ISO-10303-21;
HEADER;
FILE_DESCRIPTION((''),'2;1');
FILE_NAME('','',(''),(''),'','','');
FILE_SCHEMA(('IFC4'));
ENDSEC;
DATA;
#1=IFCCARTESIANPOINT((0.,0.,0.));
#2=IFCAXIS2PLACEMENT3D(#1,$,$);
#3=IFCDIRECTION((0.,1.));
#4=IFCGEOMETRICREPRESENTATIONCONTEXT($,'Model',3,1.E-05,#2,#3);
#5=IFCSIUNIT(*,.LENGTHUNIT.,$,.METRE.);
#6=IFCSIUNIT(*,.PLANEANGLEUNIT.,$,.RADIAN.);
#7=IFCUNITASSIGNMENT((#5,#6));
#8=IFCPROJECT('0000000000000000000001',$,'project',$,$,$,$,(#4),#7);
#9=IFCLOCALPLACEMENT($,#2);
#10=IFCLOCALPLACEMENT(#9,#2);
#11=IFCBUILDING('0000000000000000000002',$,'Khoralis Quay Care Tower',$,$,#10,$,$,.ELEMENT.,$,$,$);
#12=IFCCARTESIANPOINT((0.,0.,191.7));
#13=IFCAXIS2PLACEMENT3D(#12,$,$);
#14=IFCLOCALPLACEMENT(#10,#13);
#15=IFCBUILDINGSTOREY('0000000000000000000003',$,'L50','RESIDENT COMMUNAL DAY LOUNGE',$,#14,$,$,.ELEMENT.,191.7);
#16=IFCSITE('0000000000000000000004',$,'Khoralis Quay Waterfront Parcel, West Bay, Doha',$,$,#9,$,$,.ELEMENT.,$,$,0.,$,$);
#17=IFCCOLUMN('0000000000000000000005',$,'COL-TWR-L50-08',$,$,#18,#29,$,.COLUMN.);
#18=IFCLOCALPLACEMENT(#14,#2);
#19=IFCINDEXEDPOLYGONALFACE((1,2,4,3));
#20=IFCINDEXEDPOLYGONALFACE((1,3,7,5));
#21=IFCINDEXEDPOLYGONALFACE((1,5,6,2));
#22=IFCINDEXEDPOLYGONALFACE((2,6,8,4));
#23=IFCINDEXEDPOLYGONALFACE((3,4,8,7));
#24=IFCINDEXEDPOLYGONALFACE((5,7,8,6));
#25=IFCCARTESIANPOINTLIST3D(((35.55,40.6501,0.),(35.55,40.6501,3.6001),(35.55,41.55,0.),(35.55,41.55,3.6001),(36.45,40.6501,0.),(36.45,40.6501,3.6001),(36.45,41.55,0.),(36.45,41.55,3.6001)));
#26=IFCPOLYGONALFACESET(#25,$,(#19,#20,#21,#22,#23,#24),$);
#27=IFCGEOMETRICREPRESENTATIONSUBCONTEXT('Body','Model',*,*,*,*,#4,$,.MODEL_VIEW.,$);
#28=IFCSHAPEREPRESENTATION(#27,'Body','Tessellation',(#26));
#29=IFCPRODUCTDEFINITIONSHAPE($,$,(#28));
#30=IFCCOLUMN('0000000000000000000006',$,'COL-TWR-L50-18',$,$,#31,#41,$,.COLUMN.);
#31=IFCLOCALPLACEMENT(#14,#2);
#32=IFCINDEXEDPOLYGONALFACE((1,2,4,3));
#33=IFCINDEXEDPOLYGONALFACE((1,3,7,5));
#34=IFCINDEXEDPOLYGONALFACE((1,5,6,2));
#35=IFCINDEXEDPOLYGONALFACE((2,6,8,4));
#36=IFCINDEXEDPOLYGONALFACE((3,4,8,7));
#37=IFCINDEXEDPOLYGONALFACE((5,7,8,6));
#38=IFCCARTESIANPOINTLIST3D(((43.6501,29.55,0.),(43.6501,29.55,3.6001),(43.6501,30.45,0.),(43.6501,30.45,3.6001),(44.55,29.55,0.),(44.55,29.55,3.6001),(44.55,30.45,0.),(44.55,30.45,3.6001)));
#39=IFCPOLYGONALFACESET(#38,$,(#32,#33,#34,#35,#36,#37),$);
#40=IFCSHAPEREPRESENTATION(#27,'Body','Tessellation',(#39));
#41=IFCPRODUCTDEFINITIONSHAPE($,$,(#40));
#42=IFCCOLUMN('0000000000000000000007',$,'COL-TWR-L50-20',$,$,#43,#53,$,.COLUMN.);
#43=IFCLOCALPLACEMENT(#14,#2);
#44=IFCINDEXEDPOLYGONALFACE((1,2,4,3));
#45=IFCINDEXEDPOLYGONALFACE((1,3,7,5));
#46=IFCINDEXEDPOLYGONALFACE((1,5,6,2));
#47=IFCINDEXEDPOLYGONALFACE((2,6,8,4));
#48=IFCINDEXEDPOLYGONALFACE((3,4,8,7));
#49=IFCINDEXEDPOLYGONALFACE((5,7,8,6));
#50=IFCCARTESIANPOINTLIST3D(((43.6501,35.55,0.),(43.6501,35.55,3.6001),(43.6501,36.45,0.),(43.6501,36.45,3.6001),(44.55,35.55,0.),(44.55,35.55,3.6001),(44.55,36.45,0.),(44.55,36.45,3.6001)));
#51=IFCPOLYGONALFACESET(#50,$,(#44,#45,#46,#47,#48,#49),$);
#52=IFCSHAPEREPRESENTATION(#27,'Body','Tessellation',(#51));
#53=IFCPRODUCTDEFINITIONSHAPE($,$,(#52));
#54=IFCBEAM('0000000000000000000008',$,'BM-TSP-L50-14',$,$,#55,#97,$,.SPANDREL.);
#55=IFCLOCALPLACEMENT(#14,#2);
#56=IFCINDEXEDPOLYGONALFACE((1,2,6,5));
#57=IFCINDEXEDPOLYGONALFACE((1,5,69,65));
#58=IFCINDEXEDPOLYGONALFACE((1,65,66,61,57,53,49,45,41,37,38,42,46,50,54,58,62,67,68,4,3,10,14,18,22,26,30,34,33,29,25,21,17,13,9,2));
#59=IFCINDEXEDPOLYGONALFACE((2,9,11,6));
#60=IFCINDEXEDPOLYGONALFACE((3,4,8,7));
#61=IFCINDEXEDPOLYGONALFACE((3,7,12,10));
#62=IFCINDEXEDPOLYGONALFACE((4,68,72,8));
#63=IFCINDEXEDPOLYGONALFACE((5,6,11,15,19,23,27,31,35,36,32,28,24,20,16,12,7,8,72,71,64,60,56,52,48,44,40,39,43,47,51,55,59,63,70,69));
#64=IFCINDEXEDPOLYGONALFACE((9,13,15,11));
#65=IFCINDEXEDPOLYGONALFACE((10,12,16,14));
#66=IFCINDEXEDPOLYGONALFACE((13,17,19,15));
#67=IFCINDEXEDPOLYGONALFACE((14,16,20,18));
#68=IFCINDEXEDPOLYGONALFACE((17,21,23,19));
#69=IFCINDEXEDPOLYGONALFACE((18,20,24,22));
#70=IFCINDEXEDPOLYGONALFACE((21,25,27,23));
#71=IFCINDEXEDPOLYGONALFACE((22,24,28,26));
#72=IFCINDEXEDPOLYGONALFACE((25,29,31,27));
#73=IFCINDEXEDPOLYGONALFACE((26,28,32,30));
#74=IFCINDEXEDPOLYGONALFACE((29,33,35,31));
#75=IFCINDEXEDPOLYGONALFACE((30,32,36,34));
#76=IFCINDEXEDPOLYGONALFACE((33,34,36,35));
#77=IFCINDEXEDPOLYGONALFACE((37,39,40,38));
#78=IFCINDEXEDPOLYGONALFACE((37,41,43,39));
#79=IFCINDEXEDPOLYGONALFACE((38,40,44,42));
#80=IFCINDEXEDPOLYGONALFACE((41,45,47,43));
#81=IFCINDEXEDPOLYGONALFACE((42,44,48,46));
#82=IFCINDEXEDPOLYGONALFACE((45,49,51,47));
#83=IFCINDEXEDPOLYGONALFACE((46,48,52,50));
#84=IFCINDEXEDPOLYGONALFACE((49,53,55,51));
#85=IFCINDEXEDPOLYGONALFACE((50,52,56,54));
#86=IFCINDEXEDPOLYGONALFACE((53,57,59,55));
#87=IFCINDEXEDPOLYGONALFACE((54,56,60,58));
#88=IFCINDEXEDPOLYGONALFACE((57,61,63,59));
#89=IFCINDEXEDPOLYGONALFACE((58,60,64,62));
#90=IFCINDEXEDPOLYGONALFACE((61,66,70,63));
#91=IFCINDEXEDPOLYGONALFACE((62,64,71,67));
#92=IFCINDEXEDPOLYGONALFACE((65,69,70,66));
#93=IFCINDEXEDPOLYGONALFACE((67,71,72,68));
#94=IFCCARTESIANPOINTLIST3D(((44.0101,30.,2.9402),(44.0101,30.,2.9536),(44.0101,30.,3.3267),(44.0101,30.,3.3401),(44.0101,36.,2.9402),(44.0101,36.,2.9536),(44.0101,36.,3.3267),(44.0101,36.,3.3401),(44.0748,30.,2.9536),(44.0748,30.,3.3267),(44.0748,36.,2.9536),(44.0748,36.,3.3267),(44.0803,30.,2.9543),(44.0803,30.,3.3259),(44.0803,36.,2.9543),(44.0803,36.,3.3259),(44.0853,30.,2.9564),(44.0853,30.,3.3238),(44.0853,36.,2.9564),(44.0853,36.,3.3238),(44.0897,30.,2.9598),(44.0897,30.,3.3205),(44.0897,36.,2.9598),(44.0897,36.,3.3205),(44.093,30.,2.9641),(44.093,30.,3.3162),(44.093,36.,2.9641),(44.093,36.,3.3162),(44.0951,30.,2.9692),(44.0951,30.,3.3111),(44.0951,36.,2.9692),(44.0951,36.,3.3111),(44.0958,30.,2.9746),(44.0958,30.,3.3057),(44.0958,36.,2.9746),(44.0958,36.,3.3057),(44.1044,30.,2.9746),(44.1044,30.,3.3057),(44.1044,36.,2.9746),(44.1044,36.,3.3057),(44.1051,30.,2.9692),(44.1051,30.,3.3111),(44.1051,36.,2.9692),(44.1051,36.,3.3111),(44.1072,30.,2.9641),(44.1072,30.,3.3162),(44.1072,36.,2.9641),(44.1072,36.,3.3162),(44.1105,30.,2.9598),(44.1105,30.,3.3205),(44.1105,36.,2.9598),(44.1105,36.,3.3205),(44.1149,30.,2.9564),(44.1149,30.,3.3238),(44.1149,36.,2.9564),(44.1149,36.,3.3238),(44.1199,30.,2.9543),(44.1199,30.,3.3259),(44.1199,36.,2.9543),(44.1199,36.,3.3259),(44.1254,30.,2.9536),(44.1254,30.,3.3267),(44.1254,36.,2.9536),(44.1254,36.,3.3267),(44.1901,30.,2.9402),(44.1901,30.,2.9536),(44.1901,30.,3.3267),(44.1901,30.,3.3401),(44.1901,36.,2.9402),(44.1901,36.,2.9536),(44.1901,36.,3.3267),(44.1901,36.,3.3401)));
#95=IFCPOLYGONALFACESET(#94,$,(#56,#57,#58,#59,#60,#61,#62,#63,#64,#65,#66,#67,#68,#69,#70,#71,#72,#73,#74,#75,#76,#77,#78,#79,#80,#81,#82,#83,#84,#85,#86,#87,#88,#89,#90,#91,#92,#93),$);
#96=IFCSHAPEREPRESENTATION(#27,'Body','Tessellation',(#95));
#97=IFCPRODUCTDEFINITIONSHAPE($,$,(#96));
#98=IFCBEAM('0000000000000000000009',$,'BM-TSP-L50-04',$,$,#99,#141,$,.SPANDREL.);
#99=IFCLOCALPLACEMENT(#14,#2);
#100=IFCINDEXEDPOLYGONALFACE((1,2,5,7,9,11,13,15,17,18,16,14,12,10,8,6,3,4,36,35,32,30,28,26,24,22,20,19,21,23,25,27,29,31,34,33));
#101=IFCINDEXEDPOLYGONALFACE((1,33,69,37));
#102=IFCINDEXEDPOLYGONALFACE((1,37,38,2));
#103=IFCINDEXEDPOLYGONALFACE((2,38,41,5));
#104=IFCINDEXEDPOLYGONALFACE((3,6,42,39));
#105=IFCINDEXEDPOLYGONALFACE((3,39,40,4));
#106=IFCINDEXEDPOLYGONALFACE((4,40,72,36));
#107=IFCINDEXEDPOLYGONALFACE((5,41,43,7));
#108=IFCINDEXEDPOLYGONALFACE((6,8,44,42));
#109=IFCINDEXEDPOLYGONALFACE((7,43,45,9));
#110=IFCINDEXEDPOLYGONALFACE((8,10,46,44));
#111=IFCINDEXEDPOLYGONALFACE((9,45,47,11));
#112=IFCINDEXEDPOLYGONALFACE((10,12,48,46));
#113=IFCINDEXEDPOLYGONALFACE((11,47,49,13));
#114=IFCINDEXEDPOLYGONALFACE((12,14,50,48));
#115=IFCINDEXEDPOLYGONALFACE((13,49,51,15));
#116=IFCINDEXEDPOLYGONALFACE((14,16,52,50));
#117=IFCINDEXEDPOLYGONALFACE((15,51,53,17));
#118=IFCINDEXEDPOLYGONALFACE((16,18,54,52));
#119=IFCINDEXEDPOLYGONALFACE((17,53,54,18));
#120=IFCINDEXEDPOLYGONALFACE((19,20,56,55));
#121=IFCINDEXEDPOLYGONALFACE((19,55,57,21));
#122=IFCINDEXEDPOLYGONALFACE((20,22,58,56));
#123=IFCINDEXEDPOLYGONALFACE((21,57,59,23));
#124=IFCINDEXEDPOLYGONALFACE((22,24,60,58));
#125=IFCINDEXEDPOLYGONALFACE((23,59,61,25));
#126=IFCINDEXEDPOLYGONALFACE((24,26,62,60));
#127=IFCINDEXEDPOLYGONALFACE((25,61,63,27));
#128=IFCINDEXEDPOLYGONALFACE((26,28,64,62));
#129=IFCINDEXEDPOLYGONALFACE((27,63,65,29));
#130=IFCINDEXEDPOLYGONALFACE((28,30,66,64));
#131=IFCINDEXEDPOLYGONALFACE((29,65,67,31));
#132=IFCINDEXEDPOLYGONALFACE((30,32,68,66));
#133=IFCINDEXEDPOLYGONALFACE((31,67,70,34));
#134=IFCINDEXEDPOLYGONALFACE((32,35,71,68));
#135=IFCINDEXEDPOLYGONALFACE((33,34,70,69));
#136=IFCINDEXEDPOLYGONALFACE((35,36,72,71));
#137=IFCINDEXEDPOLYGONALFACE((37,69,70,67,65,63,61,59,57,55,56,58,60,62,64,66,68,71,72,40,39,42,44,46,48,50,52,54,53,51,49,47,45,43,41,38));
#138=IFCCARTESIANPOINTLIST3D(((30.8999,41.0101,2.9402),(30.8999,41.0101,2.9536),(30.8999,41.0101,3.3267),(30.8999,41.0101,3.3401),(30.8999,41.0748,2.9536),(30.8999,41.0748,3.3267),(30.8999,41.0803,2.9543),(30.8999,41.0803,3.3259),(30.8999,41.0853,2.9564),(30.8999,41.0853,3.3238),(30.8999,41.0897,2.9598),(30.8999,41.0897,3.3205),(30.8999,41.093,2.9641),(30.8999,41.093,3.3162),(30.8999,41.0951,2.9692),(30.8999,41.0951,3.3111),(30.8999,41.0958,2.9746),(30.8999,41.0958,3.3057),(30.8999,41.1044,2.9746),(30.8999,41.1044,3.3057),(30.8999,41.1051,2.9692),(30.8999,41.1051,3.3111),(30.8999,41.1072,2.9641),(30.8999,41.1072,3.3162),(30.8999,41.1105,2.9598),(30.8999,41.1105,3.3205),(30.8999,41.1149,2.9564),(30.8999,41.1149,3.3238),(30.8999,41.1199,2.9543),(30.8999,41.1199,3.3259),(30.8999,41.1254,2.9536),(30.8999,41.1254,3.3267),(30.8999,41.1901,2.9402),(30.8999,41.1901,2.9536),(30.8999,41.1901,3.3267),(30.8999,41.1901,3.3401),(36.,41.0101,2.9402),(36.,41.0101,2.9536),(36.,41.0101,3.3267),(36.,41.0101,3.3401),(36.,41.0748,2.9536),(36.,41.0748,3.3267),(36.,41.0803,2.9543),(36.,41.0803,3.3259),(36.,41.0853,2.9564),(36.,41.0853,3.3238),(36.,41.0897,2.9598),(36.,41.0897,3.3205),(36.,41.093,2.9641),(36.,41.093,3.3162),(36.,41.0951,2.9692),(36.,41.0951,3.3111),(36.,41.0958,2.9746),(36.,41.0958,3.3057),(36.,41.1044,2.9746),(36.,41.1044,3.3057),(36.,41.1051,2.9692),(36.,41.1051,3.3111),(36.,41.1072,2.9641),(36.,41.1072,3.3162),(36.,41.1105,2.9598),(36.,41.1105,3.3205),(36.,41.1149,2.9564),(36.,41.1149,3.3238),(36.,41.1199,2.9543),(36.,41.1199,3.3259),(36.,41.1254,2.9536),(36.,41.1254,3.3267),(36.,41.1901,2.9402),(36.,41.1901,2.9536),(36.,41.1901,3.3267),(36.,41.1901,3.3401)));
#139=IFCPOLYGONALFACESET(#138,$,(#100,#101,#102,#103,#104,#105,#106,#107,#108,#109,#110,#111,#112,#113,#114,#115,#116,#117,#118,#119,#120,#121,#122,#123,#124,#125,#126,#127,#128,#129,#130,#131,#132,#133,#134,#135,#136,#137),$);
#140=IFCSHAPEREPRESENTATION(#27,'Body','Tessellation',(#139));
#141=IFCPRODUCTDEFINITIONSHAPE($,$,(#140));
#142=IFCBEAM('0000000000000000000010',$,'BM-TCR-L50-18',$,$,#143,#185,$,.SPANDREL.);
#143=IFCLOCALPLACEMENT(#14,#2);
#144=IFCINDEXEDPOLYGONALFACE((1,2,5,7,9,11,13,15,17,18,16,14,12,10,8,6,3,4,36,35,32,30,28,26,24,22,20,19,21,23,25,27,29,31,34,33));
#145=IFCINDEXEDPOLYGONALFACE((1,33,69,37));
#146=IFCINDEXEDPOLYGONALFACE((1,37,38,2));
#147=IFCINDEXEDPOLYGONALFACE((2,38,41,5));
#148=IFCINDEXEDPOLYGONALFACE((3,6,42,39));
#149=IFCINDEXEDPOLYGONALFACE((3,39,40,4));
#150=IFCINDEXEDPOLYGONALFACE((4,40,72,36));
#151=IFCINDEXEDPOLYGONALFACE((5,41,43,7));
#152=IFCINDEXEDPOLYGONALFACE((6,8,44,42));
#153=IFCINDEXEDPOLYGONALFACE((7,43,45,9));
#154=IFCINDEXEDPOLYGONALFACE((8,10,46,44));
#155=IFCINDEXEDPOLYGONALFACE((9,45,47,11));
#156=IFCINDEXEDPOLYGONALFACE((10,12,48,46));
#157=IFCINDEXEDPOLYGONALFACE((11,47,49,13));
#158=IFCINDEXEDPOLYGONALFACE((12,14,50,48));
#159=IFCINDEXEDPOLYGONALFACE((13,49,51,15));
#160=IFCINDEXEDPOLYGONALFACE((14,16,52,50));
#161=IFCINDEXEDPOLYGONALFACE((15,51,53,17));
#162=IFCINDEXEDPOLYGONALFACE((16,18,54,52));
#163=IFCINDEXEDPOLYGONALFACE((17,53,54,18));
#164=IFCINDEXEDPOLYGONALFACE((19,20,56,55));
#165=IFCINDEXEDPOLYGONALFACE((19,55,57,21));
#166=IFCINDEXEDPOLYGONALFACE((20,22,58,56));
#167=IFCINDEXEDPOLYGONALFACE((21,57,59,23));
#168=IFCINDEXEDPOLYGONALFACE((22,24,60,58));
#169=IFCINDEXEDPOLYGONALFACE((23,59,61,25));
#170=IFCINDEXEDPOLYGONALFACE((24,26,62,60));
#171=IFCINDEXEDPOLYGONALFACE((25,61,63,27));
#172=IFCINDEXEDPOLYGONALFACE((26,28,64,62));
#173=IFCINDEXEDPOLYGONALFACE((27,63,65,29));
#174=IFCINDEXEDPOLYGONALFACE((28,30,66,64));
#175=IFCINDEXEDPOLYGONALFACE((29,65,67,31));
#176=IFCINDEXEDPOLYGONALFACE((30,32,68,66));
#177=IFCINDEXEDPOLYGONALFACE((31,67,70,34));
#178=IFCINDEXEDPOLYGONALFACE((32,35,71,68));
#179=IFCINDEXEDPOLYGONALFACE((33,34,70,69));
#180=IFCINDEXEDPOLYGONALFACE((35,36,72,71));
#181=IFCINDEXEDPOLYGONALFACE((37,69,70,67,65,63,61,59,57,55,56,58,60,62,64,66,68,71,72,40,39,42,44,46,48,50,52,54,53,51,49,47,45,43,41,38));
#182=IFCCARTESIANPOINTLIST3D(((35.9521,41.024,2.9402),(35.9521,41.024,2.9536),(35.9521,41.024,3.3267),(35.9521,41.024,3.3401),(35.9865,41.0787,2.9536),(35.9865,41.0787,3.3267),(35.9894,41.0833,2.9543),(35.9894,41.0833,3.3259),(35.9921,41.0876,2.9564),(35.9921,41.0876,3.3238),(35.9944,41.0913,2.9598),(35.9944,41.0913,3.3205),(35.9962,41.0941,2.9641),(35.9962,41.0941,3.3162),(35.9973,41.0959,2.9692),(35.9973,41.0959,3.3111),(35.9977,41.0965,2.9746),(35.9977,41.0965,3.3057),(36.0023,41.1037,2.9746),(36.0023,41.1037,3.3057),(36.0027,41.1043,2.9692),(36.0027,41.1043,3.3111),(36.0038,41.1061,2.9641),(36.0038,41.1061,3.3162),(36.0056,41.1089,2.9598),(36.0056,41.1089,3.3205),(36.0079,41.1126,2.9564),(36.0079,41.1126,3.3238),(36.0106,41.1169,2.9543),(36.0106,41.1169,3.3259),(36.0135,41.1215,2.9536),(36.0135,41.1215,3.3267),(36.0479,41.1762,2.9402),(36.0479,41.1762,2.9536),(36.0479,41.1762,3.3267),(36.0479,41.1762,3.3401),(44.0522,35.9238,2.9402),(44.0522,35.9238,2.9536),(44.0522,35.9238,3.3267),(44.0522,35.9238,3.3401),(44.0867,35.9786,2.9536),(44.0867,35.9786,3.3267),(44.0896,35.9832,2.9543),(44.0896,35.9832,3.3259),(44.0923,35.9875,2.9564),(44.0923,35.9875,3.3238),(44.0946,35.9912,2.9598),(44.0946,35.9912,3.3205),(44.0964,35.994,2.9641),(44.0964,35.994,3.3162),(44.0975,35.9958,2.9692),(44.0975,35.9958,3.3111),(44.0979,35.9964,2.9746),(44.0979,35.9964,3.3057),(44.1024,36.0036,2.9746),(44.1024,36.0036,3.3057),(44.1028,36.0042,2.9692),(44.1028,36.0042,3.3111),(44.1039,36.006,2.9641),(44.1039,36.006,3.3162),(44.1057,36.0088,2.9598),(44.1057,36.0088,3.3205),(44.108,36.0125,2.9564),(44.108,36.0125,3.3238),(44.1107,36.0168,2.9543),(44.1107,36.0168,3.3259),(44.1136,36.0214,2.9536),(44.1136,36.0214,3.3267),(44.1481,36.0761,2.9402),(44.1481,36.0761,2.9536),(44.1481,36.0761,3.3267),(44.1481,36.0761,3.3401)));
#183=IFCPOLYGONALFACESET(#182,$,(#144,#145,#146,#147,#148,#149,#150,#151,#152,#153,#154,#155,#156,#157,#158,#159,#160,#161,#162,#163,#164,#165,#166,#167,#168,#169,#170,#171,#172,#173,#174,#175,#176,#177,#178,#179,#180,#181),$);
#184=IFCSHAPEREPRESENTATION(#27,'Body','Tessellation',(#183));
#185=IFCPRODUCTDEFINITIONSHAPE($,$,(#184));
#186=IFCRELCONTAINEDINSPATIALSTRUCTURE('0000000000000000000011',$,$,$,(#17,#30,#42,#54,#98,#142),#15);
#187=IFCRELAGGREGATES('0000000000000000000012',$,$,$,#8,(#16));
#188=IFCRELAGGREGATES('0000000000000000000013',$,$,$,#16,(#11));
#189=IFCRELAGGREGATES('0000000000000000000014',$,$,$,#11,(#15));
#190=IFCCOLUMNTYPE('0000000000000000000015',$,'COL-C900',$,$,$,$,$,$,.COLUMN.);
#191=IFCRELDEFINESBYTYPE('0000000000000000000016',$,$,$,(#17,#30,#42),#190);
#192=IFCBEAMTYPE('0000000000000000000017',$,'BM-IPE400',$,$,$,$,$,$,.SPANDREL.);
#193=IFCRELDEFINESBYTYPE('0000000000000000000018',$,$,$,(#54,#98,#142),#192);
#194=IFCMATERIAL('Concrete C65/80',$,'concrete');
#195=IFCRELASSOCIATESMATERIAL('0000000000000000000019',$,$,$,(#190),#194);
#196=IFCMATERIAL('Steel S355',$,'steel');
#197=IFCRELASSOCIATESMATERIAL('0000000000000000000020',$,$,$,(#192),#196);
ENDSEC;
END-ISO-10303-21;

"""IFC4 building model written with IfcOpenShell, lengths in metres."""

from ifc_helpers import new_model, si_unit, direction, frame, origin, origin_2d, place, context, subcontext, project, spatial, rectangle, i_section, extrude, source, transform, mapped, material, material_profile, profile_set, type_object, element, save


model = new_model("IFC4")

# Units and contexts
model_context = context("Model", 3, precision=1e-05, world=origin(), true_north=direction((0.0, 1.0)))
body_context = subcontext(model_context, "Body", "Model", "MODEL_VIEW")
ifc_project = project(units=[si_unit("LENGTHUNIT", "METRE"), si_unit("PLANEANGLEUNIT", "RADIAN")], contexts=[model_context])

# Site, building, storey
site_placement = place(None, origin())
site = spatial("IfcSite", under=ifc_project, at=site_placement, Name="Khoralis Quay Waterfront Parcel, West Bay, Doha", CompositionType="ELEMENT", RefElevation=0.0)
building_placement = place(site_placement, origin())
building = spatial("IfcBuilding", under=site, at=building_placement, Name="Khoralis Quay Care Tower", CompositionType="ELEMENT")
storey_placement = place(building_placement, frame((0.0, 0.0, 191.7)))
storey = spatial("IfcBuildingStorey", under=building, at=storey_placement, Name="L50", Description="RESIDENT COMMUNAL DAY LOUNGE", CompositionType="ELEMENT", Elevation=191.7)

# Columns
ifc_material_1 = material(Name="Concrete C65/80", Category="concrete")
ifc_material_profile_1 = material_profile(ifc_material_1, rectangle(XDim=0.8999, YDim=0.8999, at=origin_2d()), Name="Concrete C65/80")
ifc_profile_set_1 = profile_set([ifc_material_profile_1], Name="Concrete C65/80")
column_type = type_object("IfcColumnType", Name="COL-C900", PredefinedType="COLUMN", material=ifc_profile_set_1)
shared_shape_1 = source(origin(), body_context, "Body", "SweptSolid", [
    extrude(rectangle(XDim=0.8999, YDim=0.8999, at=origin_2d()), origin(), (0.0, 0.0, 1.0), 3.6001),
])
for number, where, z_axis, x_axis, name in (
    (1, (36.0, 41.1001, 0.0), (0.0, 0.0, 1.0), (1.0, 0.0, 0.0), "COL-TWR-L50-08"),
    (2, (44.1001, 30.0, 0.0), (0.0, 0.0, 1.0), (1.0, 0.0, 0.0), "COL-TWR-L50-18"),
    (3, (44.1001, 36.0, 0.0), (0.0, 0.0, 1.0), (1.0, 0.0, 0.0), "COL-TWR-L50-20"),
):
    element("IfcColumn", number, at=place(storey_placement, frame(where, z_axis=z_axis, x_axis=x_axis)), inside=storey, type_object=column_type, Name=name, PredefinedType="COLUMN", context=body_context, shape_type="MappedRepresentation", body=[
        mapped(shared_shape_1, transform((0.0, 0.0, 0.0), scale=1.0)),
    ])

# Beams
ifc_material_2 = material(Name="Steel S355", Category="steel")
ifc_material_profile_2 = material_profile(ifc_material_2, i_section(OverallWidth=0.1799, OverallDepth=0.3999, WebThickness=0.0085, FlangeThickness=0.0134, FilletRadius=0.021, at=origin_2d()), Name="Steel S355")
ifc_profile_set_2 = profile_set([ifc_material_profile_2], Name="Steel S355")
beam_type_1 = type_object("IfcBeamType", Name="BM-IPE400", PredefinedType="SPANDREL", material=ifc_profile_set_2)
shared_shape_2 = source(origin(), body_context, "Body", "SweptSolid", [
    extrude(i_section(OverallWidth=0.1799, OverallDepth=0.3999, WebThickness=0.0085, FlangeThickness=0.0134, FilletRadius=0.021, at=origin_2d()), origin(), (0.0, 0.0, 1.0), 6.0),
])
beam_1_placement = place(storey_placement, frame((44.1001, 30.0, 3.1401), z_axis=(0.0, 1.0, 0.0), x_axis=(-1.0, 0.0, 0.0)))
element("IfcBeam", 4, at=beam_1_placement, inside=storey, type_object=beam_type_1, Name="BM-TSP-L50-14", PredefinedType="SPANDREL", context=body_context, shape_type="MappedRepresentation", body=[
    mapped(shared_shape_2, transform((0.0, 0.0, 0.0), scale=1.0)),
])
shared_shape_3 = source(origin(), body_context, "Body", "SweptSolid", [
    extrude(i_section(OverallWidth=0.1799, OverallDepth=0.3999, WebThickness=0.0085, FlangeThickness=0.0134, FilletRadius=0.021, at=origin_2d()), origin(), (0.0, 0.0, 1.0), 5.1001),
])
beam_2_placement = place(storey_placement, frame((30.8999, 41.1001, 3.1401), z_axis=(1.0, 0.0, 0.0), x_axis=(0.0, 1.0, 0.0)))
element("IfcBeam", 5, at=beam_2_placement, inside=storey, type_object=beam_type_1, Name="BM-TSP-L50-04", PredefinedType="SPANDREL", context=body_context, shape_type="MappedRepresentation", body=[
    mapped(shared_shape_3, transform((0.0, 0.0, 0.0), scale=1.0)),
])
shared_shape_4 = source(origin(), body_context, "Body", "SweptSolid", [
    extrude(i_section(OverallWidth=0.1799, OverallDepth=0.3999, WebThickness=0.0085, FlangeThickness=0.0134, FilletRadius=0.021, at=origin_2d()), origin(), (0.0, 0.0, 1.0), 9.572),
])
beam_3_placement = place(storey_placement, frame((36.0, 41.1001, 3.1401), z_axis=(0.846231, -0.532816, 0.0), x_axis=(0.532816, 0.846231, 0.0)))
element("IfcBeam", 6, at=beam_3_placement, inside=storey, type_object=beam_type_1, Name="BM-TCR-L50-18", PredefinedType="SPANDREL", context=body_context, shape_type="MappedRepresentation", body=[
    mapped(shared_shape_4, transform((0.0, 0.0, 0.0), scale=1.0)),
])

save(model, "model.ifc")
